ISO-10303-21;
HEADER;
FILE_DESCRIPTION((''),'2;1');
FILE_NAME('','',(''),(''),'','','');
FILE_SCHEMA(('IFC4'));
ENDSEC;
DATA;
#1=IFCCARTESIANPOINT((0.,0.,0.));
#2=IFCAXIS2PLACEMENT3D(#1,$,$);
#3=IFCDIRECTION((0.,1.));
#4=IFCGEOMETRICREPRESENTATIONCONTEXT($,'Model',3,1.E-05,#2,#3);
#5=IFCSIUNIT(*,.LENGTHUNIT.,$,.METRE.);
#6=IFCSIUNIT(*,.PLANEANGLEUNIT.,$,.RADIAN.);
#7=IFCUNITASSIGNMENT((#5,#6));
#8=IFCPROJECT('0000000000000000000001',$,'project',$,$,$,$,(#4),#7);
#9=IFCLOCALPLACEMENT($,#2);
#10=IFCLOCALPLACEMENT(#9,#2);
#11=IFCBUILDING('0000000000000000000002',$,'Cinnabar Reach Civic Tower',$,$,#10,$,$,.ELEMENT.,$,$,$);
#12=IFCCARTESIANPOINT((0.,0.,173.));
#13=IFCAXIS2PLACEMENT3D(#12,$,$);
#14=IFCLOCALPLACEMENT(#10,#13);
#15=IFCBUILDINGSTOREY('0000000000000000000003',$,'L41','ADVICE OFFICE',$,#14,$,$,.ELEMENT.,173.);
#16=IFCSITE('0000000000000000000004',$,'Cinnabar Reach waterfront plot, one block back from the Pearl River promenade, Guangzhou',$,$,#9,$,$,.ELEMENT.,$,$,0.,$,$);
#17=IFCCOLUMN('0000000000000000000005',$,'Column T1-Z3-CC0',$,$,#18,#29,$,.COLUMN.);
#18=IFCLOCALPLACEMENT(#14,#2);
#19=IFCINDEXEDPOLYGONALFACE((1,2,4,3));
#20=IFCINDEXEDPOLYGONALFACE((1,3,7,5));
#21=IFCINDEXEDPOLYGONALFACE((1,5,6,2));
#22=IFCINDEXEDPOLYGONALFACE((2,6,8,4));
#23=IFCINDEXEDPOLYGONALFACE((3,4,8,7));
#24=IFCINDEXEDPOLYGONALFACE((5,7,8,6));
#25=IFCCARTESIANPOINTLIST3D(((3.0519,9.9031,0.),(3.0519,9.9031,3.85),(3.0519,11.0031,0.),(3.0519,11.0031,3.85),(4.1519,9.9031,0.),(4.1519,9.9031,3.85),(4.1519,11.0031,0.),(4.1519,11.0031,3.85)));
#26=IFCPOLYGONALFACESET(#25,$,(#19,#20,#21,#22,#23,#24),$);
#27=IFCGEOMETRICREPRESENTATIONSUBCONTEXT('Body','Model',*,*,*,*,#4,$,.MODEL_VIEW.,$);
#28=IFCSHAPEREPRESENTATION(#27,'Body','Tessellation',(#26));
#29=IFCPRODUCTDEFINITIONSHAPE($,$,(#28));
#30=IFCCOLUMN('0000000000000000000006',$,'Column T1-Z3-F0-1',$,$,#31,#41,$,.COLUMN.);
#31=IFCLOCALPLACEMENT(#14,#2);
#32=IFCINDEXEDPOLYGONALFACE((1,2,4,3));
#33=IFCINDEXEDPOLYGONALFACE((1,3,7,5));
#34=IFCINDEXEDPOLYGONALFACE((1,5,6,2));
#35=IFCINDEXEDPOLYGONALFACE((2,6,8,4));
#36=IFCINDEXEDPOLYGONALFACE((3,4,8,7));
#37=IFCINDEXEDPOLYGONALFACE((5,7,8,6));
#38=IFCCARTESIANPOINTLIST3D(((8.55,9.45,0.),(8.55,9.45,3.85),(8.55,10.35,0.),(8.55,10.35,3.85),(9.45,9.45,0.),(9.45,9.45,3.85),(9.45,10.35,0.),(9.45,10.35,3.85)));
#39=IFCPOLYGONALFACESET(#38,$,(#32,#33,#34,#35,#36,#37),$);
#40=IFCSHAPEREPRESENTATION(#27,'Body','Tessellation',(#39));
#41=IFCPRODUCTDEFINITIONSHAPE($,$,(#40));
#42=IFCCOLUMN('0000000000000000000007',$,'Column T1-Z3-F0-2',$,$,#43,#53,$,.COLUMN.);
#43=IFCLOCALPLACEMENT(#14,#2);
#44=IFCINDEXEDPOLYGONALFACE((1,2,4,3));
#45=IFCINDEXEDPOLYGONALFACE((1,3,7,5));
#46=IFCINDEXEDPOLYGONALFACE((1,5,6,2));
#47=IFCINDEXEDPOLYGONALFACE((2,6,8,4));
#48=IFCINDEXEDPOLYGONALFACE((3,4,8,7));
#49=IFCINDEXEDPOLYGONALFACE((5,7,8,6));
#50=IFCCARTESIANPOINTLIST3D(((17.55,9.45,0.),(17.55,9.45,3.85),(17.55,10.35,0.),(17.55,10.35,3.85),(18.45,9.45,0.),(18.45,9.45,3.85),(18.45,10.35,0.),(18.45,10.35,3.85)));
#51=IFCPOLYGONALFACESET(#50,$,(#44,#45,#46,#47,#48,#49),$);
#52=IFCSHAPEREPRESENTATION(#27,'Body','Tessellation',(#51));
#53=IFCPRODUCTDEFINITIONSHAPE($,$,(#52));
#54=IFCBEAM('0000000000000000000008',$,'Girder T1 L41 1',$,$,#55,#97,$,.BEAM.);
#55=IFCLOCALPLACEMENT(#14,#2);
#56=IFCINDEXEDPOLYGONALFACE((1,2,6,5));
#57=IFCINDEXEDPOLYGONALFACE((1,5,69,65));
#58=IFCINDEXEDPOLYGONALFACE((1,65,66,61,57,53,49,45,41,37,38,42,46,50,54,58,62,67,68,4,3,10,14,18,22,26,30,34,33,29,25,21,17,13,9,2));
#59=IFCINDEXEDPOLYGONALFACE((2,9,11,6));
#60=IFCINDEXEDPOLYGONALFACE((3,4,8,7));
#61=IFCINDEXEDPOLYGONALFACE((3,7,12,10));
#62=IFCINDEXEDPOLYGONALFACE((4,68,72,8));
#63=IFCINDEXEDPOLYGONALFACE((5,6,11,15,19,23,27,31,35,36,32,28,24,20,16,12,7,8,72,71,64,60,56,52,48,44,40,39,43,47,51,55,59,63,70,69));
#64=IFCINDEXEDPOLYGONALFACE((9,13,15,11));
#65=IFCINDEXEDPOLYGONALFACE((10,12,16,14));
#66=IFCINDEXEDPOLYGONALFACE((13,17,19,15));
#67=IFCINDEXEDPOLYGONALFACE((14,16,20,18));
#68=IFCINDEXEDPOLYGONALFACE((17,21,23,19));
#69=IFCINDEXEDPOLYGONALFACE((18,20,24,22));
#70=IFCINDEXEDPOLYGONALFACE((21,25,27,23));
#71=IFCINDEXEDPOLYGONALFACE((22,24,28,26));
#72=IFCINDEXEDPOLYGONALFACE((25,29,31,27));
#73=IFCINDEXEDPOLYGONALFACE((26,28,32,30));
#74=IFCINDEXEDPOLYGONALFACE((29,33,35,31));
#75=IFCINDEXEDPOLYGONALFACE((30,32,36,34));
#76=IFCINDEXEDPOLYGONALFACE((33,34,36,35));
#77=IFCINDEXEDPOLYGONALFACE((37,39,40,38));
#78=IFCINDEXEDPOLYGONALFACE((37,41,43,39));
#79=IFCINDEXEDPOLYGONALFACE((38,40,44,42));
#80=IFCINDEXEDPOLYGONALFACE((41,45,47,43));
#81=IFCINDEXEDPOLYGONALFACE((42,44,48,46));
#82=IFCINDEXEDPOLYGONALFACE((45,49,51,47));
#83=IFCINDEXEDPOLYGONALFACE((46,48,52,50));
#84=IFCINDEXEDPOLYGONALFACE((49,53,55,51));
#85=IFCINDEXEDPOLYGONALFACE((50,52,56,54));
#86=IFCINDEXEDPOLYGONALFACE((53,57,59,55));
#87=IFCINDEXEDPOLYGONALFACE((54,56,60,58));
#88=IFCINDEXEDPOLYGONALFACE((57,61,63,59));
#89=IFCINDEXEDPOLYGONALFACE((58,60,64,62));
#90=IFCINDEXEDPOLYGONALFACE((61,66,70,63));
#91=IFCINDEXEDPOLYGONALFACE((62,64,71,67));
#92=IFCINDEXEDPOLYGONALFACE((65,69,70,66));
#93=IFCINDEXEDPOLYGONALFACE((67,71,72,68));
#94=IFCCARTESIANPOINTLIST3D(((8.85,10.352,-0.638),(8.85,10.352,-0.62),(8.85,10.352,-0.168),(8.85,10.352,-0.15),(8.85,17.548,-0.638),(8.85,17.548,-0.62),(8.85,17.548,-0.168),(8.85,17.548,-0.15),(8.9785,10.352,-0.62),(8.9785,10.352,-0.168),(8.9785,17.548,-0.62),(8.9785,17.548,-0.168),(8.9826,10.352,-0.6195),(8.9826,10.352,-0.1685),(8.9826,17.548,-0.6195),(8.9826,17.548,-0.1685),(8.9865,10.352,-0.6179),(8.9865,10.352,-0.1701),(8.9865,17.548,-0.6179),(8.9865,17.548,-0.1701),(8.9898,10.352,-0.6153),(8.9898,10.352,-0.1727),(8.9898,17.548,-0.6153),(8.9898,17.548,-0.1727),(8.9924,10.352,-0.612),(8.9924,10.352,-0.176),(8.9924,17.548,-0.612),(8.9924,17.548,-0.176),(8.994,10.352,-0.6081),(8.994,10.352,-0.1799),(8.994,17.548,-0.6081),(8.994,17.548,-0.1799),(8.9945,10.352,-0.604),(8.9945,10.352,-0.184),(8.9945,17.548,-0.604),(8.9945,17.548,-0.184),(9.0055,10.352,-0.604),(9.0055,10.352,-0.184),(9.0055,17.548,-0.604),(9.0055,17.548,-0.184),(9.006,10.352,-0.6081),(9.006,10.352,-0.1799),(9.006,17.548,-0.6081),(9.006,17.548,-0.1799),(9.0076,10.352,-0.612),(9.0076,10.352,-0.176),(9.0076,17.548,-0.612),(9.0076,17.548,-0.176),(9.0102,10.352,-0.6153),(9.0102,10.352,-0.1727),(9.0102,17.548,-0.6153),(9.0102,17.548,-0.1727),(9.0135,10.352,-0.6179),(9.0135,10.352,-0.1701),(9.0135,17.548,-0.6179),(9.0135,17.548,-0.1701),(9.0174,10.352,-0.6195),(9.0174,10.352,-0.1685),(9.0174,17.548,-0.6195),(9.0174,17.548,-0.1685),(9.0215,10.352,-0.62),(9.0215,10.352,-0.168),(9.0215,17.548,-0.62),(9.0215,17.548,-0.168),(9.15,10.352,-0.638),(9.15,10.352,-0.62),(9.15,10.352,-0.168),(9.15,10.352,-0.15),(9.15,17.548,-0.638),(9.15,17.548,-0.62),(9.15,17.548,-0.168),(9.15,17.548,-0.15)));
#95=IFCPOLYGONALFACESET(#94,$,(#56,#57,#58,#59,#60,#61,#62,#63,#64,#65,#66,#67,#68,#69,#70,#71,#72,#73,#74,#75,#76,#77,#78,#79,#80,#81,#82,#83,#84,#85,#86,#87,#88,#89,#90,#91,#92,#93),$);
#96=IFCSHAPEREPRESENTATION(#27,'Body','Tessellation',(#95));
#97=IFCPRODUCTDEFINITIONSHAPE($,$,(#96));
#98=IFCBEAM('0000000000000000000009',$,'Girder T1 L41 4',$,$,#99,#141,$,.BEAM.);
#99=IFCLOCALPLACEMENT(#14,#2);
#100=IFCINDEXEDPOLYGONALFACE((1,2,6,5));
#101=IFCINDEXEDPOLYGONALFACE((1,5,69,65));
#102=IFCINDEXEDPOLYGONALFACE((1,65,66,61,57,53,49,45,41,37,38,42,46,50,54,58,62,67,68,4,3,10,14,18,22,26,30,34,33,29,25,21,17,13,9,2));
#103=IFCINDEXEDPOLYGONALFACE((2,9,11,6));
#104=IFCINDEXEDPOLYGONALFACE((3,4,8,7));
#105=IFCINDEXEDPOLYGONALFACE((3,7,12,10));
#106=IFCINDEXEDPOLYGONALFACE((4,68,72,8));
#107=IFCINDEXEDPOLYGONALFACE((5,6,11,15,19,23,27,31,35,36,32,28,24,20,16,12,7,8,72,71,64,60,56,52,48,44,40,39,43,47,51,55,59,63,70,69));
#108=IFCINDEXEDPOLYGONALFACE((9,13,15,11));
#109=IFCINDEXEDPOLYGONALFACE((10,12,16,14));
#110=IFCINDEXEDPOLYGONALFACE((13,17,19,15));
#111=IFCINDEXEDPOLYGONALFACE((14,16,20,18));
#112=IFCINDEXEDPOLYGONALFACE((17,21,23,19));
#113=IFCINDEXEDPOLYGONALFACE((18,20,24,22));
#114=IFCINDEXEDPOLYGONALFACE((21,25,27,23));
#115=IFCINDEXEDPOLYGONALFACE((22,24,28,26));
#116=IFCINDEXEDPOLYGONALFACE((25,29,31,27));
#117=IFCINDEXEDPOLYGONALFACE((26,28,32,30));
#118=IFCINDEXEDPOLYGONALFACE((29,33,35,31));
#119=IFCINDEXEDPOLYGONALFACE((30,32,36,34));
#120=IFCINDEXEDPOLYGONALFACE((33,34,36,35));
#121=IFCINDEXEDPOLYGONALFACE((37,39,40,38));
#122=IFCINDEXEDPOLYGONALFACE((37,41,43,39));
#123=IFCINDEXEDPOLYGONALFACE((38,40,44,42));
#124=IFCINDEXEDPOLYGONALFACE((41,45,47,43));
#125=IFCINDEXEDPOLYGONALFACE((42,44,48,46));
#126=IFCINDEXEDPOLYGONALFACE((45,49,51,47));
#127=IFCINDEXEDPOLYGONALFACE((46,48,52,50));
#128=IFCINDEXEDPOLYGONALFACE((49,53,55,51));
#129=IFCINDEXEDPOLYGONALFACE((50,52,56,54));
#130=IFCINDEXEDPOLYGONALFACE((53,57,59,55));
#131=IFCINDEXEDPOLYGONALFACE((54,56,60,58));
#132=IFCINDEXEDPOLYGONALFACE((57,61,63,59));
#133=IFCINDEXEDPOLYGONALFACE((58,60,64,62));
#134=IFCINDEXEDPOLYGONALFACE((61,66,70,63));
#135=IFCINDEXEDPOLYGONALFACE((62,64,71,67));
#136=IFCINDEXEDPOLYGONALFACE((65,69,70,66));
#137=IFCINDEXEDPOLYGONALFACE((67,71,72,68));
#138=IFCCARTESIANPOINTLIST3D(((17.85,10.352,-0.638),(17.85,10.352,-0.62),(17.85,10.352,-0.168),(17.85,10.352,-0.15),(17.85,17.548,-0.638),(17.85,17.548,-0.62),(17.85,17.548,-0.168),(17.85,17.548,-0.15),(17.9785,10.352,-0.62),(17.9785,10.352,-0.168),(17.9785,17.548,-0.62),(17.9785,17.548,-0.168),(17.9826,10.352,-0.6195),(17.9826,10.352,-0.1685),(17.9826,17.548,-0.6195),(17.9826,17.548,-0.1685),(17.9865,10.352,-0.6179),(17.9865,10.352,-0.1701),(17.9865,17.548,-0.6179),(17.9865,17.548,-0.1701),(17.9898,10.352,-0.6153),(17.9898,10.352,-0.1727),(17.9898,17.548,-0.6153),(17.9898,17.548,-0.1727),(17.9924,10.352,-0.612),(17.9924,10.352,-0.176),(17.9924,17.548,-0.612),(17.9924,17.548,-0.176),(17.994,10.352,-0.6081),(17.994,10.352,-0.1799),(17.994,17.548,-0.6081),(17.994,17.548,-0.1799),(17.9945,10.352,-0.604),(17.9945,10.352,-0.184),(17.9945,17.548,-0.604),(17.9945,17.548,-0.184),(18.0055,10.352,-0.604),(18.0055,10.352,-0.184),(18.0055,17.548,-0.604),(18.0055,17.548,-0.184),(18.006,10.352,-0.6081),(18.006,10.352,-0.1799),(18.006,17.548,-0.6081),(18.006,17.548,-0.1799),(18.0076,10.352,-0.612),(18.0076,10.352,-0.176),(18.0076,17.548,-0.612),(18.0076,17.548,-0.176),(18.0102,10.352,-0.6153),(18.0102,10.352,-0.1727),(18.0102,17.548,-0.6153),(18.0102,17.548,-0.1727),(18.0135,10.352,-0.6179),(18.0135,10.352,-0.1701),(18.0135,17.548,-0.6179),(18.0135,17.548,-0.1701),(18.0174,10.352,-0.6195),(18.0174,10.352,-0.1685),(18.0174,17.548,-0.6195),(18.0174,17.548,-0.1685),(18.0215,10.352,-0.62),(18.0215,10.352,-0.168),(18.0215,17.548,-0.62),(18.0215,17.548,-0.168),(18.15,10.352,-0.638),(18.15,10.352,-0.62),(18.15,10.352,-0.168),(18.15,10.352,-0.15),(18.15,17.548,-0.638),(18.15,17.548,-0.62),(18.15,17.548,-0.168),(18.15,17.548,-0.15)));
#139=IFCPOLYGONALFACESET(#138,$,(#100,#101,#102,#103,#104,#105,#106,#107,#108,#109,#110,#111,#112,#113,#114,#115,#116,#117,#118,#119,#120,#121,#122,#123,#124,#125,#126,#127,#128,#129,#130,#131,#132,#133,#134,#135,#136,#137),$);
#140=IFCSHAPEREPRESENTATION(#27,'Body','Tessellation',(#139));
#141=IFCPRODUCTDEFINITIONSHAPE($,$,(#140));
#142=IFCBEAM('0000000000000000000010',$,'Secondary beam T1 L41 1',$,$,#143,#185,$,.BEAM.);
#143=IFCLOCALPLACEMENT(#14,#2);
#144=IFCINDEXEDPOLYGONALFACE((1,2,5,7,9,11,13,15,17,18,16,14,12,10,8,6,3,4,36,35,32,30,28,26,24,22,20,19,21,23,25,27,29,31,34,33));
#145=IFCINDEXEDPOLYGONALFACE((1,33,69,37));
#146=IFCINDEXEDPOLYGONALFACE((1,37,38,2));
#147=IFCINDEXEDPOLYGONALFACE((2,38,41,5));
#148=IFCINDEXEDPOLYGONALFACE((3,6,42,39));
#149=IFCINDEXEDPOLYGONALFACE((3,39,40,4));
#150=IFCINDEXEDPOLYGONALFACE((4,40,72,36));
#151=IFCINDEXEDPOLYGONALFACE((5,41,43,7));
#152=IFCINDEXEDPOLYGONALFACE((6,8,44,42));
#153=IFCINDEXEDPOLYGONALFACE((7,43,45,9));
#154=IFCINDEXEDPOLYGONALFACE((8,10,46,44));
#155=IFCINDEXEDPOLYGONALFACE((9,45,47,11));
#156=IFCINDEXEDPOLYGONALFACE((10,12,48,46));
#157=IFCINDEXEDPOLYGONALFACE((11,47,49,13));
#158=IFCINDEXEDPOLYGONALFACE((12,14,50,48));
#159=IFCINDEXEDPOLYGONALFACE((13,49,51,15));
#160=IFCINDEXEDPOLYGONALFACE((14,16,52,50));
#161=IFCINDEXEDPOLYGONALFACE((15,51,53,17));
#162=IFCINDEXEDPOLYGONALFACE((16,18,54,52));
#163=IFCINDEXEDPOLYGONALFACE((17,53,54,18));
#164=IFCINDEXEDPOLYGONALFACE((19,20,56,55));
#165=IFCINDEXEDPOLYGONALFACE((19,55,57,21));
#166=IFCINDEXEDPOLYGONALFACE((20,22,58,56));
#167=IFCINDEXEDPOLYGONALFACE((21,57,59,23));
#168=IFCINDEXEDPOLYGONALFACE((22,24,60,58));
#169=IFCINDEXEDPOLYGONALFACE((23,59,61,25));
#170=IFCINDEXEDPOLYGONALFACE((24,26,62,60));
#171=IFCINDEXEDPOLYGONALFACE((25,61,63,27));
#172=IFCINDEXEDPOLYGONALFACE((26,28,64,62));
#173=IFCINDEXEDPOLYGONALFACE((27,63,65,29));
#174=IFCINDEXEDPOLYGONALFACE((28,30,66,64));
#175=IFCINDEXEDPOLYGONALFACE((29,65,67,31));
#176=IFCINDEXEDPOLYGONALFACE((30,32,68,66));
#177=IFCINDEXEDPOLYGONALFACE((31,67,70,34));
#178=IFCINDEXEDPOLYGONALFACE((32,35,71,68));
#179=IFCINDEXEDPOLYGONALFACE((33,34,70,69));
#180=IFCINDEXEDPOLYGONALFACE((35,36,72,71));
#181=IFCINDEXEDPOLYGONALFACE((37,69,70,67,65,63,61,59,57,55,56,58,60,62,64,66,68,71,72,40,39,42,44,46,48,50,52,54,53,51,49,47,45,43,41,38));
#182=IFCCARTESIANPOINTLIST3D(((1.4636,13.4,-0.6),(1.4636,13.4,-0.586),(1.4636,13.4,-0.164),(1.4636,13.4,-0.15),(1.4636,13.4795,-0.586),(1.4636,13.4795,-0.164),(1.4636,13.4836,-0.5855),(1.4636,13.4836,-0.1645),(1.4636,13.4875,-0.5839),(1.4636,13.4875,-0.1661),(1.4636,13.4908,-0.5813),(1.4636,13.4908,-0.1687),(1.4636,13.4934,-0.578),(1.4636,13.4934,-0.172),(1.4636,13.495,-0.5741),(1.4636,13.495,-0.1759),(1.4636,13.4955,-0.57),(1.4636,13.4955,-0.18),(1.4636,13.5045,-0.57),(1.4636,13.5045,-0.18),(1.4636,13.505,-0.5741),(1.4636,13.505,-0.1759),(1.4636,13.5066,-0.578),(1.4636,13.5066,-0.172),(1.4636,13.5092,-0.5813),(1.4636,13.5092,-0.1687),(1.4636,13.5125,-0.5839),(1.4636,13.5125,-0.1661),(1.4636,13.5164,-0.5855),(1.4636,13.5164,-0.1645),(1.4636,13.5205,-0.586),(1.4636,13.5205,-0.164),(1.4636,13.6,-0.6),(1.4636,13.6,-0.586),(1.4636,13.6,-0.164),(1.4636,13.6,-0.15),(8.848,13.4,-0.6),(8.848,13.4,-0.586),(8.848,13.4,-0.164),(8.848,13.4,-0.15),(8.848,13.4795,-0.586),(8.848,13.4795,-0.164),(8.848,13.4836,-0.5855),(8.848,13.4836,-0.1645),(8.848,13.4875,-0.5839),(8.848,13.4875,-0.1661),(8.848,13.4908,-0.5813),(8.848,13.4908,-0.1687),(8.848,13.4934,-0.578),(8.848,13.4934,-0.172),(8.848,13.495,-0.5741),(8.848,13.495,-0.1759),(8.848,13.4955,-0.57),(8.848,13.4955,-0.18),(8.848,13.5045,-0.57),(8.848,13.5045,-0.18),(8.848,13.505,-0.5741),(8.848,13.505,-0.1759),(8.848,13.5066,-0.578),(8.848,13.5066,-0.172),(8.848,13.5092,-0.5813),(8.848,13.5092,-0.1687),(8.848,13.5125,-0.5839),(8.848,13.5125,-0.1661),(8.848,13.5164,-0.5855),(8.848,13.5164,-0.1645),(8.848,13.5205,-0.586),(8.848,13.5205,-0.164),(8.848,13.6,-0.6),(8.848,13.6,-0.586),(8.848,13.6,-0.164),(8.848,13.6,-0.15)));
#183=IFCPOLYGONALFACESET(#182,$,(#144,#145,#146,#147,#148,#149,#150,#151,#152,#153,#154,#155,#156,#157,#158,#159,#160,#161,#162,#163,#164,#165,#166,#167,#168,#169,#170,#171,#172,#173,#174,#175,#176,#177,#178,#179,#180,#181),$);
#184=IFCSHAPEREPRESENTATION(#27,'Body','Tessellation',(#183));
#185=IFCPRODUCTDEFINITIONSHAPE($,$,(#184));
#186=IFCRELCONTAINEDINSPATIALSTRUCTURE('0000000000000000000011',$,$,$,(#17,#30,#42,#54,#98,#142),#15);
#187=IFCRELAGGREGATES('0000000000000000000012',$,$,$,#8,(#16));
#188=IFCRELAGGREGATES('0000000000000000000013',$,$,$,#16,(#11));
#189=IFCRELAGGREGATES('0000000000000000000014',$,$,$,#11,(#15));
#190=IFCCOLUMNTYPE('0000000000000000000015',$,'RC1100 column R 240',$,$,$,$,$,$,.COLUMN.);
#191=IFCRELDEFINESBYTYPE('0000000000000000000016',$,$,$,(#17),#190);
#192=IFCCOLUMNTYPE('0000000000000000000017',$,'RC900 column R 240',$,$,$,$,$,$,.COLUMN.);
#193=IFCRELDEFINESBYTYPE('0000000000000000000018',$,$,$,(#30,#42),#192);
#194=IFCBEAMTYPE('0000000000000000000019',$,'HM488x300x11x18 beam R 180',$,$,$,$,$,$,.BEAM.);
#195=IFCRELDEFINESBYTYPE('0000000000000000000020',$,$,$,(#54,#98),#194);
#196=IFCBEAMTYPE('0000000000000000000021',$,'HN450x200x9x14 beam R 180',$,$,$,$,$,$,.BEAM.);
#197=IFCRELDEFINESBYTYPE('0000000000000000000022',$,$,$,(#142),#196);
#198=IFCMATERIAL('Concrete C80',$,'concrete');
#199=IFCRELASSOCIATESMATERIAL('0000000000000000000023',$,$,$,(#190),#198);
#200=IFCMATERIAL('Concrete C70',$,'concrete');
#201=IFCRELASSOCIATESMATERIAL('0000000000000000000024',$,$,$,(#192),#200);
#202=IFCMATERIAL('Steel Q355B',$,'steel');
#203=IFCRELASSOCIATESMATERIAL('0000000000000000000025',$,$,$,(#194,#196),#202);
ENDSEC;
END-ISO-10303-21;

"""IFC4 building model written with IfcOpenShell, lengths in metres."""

from ifc_helpers import new_model, si_unit, direction, frame, origin, origin_2d, place, context, subcontext, project, spatial, rectangle, i_section, extrude, material, material_profile, profile_set, type_object, element, save


model = new_model("IFC4")

# Units and contexts
model_context = context("Model", 3, precision=1e-05, world=origin(), true_north=direction((0.0, 1.0)))
body_context = subcontext(model_context, "Body", "Model", "MODEL_VIEW")
ifc_project = project(units=[si_unit("LENGTHUNIT", "METRE"), si_unit("PLANEANGLEUNIT", "RADIAN")], contexts=[model_context])

# Site, building, storey
site_placement = place(None, origin())
site = spatial("IfcSite", under=ifc_project, at=site_placement, Name="Cinnabar Reach waterfront plot, one block back from the Pearl River promenade, Guangzhou", CompositionType="ELEMENT", RefElevation=0.0)
building_placement = place(site_placement, origin())
building = spatial("IfcBuilding", under=site, at=building_placement, Name="Cinnabar Reach Civic Tower", CompositionType="ELEMENT")
storey_placement = place(building_placement, frame((0.0, 0.0, 173.0)))
storey = spatial("IfcBuildingStorey", under=building, at=storey_placement, Name="L41", Description="ADVICE OFFICE", CompositionType="ELEMENT", Elevation=173.0)

# Columns
ifc_material_1 = material(Name="Concrete C80", Category="concrete")
ifc_material_profile_1 = material_profile(ifc_material_1, rectangle(XDim=1.1, YDim=1.1, at=origin_2d()), Name="RC1100")
ifc_profile_set_1 = profile_set([ifc_material_profile_1], Name="Concrete C80")
column_type_1 = type_object("IfcColumnType", Name="RC1100 column R 240", PredefinedType="COLUMN", material=ifc_profile_set_1)
column_placement = place(storey_placement, frame((3.6019, 10.4531, 0.0), z_axis=(0.0, 0.0, 1.0), x_axis=(1.0, 0.0, 0.0)))
element("IfcColumn", 1, at=column_placement, inside=storey, type_object=column_type_1, Name="Column T1-Z3-CC0", PredefinedType="COLUMN", context=body_context, shape_type="SweptSolid", body=[
    extrude(rectangle(XDim=1.1, YDim=1.1, at=origin_2d()), origin(), (0.0, 0.0, 1.0), 3.85),
])
ifc_material_2 = material(Name="Concrete C70", Category="concrete")
ifc_material_profile_2 = material_profile(ifc_material_2, rectangle(XDim=0.9, YDim=0.9, at=origin_2d()), Name="RC900")
ifc_profile_set_2 = profile_set([ifc_material_profile_2], Name="Concrete C70")
column_type_2 = type_object("IfcColumnType", Name="RC900 column R 240", PredefinedType="COLUMN", material=ifc_profile_set_2)
for number, where, z_axis, x_axis, name in (
    (2, (9.0, 9.9, 0.0), (0.0, 0.0, 1.0), (1.0, 0.0, 0.0), "Column T1-Z3-F0-1"),
    (3, (18.0, 9.9, 0.0), (0.0, 0.0, 1.0), (1.0, 0.0, 0.0), "Column T1-Z3-F0-2"),
):
    element("IfcColumn", number, at=place(storey_placement, frame(where, z_axis=z_axis, x_axis=x_axis)), inside=storey, type_object=column_type_2, Name=name, PredefinedType="COLUMN", context=body_context, shape_type="SweptSolid", body=[
        extrude(rectangle(XDim=0.9, YDim=0.9, at=origin_2d()), origin(), (0.0, 0.0, 1.0), 3.85),
    ])

# Beams
ifc_material_3 = material(Name="Steel Q355B", Category="steel")
ifc_material_profile_3 = material_profile(ifc_material_3, i_section(OverallWidth=0.3, OverallDepth=0.488, WebThickness=0.011, FlangeThickness=0.018, FilletRadius=0.016, at=origin_2d()), Name="HM488x300x11x18")
ifc_profile_set_3 = profile_set([ifc_material_profile_3], Name="Steel Q355B")
beam_type_1 = type_object("IfcBeamType", Name="HM488x300x11x18 beam R 180", PredefinedType="BEAM", material=ifc_profile_set_3)
for number, where, z_axis, x_axis, name in (
    (4, (9.0, 10.352, -0.394), (0.0, 1.0, 0.0), (-1.0, 0.0, 0.0), "Girder T1 L41 1"),
    (5, (18.0, 10.352, -0.394), (0.0, 1.0, 0.0), (-1.0, 0.0, 0.0), "Girder T1 L41 4"),
):
    element("IfcBeam", number, at=place(storey_placement, frame(where, z_axis=z_axis, x_axis=x_axis)), inside=storey, type_object=beam_type_1, Name=name, PredefinedType="BEAM", context=body_context, shape_type="SweptSolid", body=[
        extrude(i_section(OverallWidth=0.3, OverallDepth=0.488, WebThickness=0.011, FlangeThickness=0.018, FilletRadius=0.016, at=origin_2d()), origin(), (0.0, 0.0, 1.0), 7.196),
    ])
ifc_material_profile_4 = material_profile(ifc_material_3, i_section(OverallWidth=0.2, OverallDepth=0.45, WebThickness=0.009, FlangeThickness=0.014, FilletRadius=0.016, at=origin_2d()), Name="HN450x200x9x14")
ifc_profile_set_4 = profile_set([ifc_material_profile_4], Name="Steel Q355B")
beam_type_2 = type_object("IfcBeamType", Name="HN450x200x9x14 beam R 180", PredefinedType="BEAM", material=ifc_profile_set_4)
beam_1_placement = place(storey_placement, frame((1.4636, 13.5, -0.375), z_axis=(1.0, 0.0, 0.0), x_axis=(0.0, 1.0, 0.0)))
element("IfcBeam", 6, at=beam_1_placement, inside=storey, type_object=beam_type_2, Name="Secondary beam T1 L41 1", PredefinedType="BEAM", context=body_context, shape_type="SweptSolid", body=[
    extrude(i_section(OverallWidth=0.2, OverallDepth=0.45, WebThickness=0.009, FlangeThickness=0.014, FilletRadius=0.016, at=origin_2d()), origin(), (0.0, 0.0, 1.0), 7.3844),
])

save(model, "model.ifc")
